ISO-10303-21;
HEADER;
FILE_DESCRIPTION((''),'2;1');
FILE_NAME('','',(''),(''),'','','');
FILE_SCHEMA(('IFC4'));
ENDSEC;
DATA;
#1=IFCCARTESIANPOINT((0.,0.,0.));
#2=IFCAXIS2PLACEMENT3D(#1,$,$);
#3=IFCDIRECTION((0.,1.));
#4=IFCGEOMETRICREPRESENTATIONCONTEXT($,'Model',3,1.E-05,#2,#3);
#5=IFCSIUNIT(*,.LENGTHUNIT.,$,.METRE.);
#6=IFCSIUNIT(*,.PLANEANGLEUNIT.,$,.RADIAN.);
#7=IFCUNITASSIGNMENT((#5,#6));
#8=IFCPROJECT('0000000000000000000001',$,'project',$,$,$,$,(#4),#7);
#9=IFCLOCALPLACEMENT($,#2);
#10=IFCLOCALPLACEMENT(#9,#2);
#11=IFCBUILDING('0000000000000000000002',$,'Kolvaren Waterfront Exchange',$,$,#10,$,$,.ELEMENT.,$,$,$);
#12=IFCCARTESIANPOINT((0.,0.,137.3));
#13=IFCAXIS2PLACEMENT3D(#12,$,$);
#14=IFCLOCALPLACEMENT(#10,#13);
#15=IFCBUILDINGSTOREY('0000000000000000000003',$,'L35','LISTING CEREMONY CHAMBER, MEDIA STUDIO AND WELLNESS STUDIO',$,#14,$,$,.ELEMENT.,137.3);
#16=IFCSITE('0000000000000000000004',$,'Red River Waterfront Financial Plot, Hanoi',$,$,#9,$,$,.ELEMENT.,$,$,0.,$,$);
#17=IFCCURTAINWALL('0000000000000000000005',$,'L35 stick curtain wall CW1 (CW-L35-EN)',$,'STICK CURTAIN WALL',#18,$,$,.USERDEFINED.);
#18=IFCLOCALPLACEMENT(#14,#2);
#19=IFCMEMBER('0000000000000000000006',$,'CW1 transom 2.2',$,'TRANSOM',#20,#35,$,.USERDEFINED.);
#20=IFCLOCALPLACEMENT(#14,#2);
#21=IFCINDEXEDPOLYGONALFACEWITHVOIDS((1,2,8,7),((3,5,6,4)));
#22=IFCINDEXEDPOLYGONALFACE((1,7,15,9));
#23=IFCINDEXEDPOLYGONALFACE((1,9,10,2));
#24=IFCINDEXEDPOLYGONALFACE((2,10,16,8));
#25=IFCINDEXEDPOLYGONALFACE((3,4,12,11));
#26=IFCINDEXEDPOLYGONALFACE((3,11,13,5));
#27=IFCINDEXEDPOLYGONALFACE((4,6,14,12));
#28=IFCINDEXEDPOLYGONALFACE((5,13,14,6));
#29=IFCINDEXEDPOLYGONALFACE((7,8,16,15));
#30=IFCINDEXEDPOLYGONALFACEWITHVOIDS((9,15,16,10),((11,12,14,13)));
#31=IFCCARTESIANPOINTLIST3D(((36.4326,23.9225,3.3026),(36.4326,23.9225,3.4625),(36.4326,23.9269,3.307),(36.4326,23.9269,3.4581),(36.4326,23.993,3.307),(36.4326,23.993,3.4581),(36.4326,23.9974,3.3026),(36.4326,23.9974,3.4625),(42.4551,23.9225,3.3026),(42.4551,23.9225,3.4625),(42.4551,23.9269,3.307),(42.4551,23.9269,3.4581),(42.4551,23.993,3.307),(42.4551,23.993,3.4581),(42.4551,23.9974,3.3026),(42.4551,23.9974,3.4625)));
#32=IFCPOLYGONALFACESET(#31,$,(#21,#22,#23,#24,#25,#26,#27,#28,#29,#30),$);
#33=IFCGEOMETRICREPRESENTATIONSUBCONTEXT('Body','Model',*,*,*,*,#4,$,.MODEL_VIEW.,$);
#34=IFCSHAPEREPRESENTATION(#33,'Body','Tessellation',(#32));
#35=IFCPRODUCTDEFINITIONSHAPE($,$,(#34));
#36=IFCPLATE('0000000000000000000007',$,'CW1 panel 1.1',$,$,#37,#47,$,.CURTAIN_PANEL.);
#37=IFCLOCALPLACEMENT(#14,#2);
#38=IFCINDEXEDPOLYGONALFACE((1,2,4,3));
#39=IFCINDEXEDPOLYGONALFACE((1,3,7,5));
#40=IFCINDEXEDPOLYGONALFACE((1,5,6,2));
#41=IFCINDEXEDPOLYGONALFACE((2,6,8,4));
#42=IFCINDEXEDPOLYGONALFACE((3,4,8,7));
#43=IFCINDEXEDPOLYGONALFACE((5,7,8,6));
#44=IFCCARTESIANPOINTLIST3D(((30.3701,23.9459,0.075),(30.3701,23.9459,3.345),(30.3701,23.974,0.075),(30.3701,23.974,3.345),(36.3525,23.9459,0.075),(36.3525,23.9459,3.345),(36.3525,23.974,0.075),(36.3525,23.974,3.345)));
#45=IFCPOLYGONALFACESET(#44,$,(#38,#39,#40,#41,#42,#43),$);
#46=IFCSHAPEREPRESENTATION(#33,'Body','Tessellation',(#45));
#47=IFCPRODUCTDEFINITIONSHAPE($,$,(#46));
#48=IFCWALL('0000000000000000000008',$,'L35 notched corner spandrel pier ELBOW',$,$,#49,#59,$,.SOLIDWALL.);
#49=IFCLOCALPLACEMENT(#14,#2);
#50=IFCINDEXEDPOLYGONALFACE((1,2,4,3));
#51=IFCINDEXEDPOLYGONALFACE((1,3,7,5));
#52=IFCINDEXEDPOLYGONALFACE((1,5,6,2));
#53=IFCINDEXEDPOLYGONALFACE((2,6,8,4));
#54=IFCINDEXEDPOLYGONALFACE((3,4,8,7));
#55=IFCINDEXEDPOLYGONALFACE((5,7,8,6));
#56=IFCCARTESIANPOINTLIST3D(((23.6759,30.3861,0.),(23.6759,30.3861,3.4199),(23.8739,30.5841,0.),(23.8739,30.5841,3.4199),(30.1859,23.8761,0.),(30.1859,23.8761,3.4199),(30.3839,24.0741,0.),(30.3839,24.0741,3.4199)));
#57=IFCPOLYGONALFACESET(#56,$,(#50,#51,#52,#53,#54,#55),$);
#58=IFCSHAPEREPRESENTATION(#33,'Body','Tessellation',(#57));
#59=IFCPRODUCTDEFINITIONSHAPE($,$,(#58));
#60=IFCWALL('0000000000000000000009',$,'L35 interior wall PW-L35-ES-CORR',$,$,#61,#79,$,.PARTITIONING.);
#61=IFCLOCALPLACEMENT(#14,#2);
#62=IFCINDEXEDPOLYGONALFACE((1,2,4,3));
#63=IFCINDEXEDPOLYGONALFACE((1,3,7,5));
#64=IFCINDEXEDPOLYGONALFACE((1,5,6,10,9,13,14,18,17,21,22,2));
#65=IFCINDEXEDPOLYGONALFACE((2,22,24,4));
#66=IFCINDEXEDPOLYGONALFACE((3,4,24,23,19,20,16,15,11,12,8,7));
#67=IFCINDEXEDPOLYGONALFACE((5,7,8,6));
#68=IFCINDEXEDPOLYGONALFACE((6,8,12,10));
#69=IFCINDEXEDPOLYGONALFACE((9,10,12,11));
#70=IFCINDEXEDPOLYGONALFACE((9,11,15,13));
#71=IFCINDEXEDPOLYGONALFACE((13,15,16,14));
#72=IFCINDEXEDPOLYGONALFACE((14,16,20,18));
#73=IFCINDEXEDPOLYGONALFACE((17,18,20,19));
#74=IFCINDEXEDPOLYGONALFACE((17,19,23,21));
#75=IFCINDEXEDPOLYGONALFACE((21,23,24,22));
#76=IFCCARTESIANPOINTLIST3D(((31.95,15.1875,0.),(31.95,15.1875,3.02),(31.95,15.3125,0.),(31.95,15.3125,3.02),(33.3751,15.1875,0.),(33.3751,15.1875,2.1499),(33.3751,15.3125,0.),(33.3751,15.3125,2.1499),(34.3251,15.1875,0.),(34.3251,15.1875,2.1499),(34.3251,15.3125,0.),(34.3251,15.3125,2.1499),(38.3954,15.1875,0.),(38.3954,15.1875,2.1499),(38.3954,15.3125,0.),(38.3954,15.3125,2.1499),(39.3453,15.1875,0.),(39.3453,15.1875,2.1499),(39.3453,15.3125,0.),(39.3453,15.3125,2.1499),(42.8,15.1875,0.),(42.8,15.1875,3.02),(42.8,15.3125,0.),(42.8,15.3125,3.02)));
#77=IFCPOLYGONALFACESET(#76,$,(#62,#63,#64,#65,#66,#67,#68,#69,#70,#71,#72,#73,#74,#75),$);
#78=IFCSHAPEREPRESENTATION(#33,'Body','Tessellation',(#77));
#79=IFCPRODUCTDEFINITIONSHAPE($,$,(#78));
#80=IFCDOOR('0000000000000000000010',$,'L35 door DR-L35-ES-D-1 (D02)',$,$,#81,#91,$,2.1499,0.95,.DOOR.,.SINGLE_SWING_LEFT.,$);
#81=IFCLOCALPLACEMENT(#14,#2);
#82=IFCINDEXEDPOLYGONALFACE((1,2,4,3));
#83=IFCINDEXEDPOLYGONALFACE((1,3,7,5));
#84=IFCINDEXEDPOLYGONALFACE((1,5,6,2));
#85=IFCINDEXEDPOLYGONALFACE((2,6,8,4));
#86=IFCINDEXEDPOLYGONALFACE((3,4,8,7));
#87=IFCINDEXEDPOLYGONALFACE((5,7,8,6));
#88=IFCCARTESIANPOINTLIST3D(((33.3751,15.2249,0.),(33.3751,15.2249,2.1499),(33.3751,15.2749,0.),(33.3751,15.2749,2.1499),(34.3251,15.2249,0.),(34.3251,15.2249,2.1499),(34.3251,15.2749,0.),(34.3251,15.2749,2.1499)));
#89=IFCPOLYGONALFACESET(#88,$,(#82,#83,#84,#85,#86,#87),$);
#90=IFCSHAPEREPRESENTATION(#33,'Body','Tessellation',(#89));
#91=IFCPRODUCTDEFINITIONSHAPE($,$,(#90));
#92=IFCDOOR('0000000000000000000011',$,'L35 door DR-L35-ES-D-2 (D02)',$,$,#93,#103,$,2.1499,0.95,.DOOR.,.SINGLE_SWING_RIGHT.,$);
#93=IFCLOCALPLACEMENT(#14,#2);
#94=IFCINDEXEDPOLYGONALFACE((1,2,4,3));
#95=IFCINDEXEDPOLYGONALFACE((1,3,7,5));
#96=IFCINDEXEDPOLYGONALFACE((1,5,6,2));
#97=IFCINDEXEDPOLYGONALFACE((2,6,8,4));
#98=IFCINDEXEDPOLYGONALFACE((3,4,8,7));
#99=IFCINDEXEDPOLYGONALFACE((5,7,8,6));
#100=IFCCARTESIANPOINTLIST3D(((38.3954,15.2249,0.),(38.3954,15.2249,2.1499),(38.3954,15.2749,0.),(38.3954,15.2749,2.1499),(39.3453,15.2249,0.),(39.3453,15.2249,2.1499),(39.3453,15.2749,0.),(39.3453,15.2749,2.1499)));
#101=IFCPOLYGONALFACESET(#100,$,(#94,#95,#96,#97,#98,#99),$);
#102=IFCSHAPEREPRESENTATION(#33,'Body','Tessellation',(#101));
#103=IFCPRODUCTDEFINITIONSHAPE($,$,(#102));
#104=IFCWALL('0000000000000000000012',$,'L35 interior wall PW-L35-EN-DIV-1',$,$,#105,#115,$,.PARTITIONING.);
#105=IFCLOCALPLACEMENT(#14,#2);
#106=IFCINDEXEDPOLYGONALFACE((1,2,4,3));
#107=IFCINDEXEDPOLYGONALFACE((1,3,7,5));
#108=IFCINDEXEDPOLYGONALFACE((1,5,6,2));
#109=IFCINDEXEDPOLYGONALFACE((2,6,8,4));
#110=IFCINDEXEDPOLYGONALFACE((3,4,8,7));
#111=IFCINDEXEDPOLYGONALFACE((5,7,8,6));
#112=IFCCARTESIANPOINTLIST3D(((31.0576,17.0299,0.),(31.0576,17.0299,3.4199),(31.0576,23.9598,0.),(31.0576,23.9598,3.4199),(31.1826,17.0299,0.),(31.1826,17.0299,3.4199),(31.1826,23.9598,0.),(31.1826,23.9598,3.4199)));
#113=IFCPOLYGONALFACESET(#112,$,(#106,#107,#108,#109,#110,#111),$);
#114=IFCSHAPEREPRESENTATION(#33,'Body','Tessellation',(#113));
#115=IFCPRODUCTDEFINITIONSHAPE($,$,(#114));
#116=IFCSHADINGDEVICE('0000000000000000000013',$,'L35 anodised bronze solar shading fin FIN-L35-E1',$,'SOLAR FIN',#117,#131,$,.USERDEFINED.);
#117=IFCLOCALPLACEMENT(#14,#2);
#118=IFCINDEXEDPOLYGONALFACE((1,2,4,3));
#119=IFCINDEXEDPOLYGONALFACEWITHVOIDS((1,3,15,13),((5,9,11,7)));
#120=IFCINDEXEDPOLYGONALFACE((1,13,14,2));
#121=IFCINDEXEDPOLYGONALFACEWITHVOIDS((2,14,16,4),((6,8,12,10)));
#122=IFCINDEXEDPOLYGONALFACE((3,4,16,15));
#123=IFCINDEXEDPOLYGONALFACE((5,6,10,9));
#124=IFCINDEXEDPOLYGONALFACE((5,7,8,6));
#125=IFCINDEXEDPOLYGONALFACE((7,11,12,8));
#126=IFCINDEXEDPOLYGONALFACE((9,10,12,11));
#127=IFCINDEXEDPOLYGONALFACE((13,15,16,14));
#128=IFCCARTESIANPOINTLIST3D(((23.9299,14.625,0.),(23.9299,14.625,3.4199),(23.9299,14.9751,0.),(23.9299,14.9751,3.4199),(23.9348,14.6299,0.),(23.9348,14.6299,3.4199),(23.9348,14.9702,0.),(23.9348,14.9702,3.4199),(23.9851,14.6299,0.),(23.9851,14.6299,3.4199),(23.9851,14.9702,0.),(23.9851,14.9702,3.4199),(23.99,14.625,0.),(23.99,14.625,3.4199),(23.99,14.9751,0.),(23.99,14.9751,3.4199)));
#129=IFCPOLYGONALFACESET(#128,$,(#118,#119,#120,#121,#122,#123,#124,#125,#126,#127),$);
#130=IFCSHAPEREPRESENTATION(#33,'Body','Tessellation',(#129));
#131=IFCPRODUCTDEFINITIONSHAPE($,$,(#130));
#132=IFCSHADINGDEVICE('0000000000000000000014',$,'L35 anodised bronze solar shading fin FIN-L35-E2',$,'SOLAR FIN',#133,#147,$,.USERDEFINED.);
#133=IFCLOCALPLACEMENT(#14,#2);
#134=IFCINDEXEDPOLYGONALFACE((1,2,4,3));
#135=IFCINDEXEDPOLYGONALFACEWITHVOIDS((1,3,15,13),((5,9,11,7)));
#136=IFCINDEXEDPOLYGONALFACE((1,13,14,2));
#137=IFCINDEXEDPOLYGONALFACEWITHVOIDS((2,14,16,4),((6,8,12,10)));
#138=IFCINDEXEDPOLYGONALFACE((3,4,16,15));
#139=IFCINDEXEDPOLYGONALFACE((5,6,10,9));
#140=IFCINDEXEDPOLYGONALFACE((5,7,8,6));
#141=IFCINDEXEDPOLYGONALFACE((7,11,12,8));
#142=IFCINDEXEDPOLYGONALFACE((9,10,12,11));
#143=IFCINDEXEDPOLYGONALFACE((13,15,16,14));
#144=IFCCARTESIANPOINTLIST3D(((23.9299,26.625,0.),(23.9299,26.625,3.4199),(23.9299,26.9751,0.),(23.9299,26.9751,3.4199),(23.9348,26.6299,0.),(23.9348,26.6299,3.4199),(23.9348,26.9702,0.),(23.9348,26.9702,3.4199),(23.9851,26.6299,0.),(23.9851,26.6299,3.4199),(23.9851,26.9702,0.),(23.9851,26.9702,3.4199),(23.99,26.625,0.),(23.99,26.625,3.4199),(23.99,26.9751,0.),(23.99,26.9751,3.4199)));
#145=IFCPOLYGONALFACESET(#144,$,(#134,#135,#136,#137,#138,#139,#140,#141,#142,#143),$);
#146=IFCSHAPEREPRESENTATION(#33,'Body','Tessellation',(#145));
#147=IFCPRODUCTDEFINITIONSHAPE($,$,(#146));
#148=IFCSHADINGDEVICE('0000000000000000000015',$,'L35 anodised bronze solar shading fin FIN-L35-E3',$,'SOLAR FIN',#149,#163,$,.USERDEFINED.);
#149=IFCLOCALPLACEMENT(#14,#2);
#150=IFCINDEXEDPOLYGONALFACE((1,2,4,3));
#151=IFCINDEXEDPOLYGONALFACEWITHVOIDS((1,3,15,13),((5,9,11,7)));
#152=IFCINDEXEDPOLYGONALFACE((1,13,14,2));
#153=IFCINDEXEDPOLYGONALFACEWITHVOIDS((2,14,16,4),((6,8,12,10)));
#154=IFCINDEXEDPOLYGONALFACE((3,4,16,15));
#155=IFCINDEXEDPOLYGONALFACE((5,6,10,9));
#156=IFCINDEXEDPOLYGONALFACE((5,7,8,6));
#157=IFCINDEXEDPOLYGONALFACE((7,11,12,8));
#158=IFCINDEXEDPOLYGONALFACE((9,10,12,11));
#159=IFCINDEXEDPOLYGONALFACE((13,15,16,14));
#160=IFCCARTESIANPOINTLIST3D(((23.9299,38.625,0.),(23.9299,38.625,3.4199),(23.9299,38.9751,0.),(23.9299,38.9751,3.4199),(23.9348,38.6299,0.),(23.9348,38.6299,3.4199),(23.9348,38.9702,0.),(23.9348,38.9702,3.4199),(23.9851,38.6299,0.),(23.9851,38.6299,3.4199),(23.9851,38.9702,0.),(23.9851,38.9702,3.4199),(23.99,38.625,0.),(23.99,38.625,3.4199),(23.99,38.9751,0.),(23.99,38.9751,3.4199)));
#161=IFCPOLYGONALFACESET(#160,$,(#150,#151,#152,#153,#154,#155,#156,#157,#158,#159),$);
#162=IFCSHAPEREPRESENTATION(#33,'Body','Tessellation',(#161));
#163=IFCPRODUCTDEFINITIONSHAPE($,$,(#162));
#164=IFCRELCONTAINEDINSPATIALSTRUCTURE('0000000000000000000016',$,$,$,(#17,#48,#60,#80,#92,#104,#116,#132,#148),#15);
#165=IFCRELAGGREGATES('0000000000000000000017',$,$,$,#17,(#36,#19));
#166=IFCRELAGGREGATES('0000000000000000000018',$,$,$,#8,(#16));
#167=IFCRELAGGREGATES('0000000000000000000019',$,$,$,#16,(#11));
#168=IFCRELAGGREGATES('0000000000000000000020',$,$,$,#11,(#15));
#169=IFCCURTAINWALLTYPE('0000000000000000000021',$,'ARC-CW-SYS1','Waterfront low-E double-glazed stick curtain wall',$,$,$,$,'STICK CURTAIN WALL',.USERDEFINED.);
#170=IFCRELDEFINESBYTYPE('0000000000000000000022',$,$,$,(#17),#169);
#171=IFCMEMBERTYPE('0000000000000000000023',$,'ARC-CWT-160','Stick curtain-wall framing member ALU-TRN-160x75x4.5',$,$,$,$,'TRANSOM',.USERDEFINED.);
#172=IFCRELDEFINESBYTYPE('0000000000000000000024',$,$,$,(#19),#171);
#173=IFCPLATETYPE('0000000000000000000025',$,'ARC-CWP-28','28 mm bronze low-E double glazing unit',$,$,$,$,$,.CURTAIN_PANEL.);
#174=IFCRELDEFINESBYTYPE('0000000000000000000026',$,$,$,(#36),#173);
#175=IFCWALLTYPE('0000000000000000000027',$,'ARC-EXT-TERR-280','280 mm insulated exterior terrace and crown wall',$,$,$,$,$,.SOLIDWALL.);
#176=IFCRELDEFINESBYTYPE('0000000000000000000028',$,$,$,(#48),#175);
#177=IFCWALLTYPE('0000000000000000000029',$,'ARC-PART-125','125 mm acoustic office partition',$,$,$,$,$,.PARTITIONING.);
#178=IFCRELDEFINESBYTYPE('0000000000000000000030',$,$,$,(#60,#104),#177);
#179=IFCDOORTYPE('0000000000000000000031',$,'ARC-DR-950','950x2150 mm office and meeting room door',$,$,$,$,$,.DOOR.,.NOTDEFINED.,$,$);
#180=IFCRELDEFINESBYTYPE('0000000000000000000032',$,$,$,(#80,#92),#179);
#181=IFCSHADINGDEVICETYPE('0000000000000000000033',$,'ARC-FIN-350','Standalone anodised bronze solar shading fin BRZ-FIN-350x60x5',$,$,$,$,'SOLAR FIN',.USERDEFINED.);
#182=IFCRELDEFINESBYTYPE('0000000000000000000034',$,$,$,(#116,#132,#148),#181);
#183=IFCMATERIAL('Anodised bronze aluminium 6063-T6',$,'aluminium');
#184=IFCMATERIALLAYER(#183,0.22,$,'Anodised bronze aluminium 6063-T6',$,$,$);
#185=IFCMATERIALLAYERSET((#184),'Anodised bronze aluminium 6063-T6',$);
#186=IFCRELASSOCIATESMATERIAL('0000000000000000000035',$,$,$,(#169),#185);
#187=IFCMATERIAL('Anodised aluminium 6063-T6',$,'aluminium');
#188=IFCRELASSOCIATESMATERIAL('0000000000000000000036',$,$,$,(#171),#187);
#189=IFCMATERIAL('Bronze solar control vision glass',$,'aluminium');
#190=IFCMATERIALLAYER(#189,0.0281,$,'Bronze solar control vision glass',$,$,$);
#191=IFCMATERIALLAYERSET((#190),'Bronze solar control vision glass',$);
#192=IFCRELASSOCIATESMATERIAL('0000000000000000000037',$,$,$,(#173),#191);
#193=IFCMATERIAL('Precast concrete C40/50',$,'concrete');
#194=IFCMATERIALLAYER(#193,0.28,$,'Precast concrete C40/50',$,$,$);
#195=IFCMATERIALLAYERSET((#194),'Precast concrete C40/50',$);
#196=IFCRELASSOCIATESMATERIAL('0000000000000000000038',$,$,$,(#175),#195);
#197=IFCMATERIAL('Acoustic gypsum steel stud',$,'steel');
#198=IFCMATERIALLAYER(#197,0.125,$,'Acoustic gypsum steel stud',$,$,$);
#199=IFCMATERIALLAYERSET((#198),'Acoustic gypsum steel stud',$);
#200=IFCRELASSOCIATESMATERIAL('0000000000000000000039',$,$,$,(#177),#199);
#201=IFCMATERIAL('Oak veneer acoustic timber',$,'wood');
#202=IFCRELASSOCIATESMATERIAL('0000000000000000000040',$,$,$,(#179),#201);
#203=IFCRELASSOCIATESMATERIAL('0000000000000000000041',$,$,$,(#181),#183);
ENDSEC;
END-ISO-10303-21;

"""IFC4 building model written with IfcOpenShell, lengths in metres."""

from ifc_helpers import new_model, si_unit, direction, frame, frame_2d, origin, origin_with_axes, origin_2d, place, context, subcontext, project, spatial, rectangle, hollow_rectangle, extrude, source, transform, mapped, material, layer, layer_set, material_profile, profile_set, type_object, element, fill, aggregate, save


model = new_model("IFC4")

# Units and contexts
model_context = context("Model", 3, precision=1e-05, world=origin(), true_north=direction((0.0, 1.0)))
body_context = subcontext(model_context, "Body", "Model", "MODEL_VIEW")
ifc_project = project(units=[si_unit("LENGTHUNIT", "METRE"), si_unit("PLANEANGLEUNIT", "RADIAN")], contexts=[model_context])

# Site, building, storey
site_placement = place(None, origin())
site = spatial("IfcSite", under=ifc_project, at=site_placement, Name="Red River Waterfront Financial Plot, Hanoi", CompositionType="ELEMENT", RefElevation=0.0)
building_placement = place(site_placement, origin())
building = spatial("IfcBuilding", under=site, at=building_placement, Name="Kolvaren Waterfront Exchange", CompositionType="ELEMENT")
storey_placement = place(building_placement, frame((0.0, 0.0, 137.3)))
storey = spatial("IfcBuildingStorey", under=building, at=storey_placement, Name="L35", Description="LISTING CEREMONY CHAMBER, MEDIA STUDIO AND WELLNESS STUDIO", CompositionType="ELEMENT", Elevation=137.3)

# Curtain wall, member, plate
ifc_material_1 = material(Name="Anodised bronze aluminium 6063-T6", Category="aluminium")
ifc_layer_1 = layer(ifc_material_1, 0.22, Name="Anodised bronze aluminium 6063-T6")
ifc_layer_set_1 = layer_set([ifc_layer_1], Name="Anodised bronze aluminium 6063-T6")
curtain_wall_type = type_object("IfcCurtainWallType", Name="ARC-CW-SYS1", Description="Waterfront low-E double-glazed stick curtain wall", ElementType="STICK CURTAIN WALL", PredefinedType="USERDEFINED", material=ifc_layer_set_1)
curtain_wall_placement = place(storey_placement, origin())
curtain_wall = element("IfcCurtainWall", 1, at=curtain_wall_placement, inside=storey, type_object=curtain_wall_type, Name="L35 stick curtain wall CW1 (CW-L35-EN)", ObjectType="STICK CURTAIN WALL", PredefinedType="USERDEFINED")
ifc_material_2 = material(Name="Anodised aluminium 6063-T6", Category="aluminium")
ifc_material_profile_1 = material_profile(ifc_material_2, hollow_rectangle(XDim=0.075, YDim=0.1599, WallThickness=0.0044, at=origin_2d()), Name="ALU-TRN-160x75x4.5")
ifc_profile_set_1 = profile_set([ifc_material_profile_1], Name="Anodised aluminium 6063-T6")
member_type_1 = type_object("IfcMemberType", Name="ARC-CWT-160", Description="Stick curtain-wall framing member ALU-TRN-160x75x4.5", ElementType="TRANSOM", PredefinedType="USERDEFINED", material=ifc_profile_set_1)
shared_shape_1 = source(origin_with_axes(), body_context, "Body", "SweptSolid", [
    extrude(hollow_rectangle(XDim=0.075, YDim=0.1599, WallThickness=0.0044, at=origin_2d()), origin(), (0.0, 0.0, 1.0), 6.0225),
])
member_1_placement = place(storey_placement, frame((36.4326, 23.96, 3.3826), z_axis=(1.0, 0.0, 0.0), x_axis=(0.0, 1.0, 0.0)))
member_1 = element("IfcMember", 2, at=member_1_placement, type_object=member_type_1, Name="CW1 transom 2.2", ObjectType="TRANSOM", PredefinedType="USERDEFINED", context=body_context, shape_type="MappedRepresentation", body=[
    mapped(shared_shape_1, transform((0.0, 0.0, 0.0), x_axis=(1.0, 0.0, 0.0), y_axis=(0.0, 1.0, 0.0), z_axis=(0.0, 0.0, 1.0), scale=1.0)),
])
ifc_material_3 = material(Name="Bronze solar control vision glass", Category="aluminium")
ifc_layer_2 = layer(ifc_material_3, 0.0281, Name="Bronze solar control vision glass")
ifc_layer_set_2 = layer_set([ifc_layer_2], Name="Bronze solar control vision glass")
plate_type = type_object("IfcPlateType", Name="ARC-CWP-28", Description="28 mm bronze low-E double glazing unit", PredefinedType="CURTAIN_PANEL", material=ifc_layer_set_2)
shared_shape_2 = source(origin_with_axes(), body_context, "Body", "SweptSolid", [
    extrude(rectangle(XDim=5.9824, YDim=0.0281, at=origin_2d()), origin(), (0.0, 0.0, 1.0), 3.27),
])
plate_placement = place(storey_placement, frame((33.3613, 23.96, 0.075), z_axis=(0.0, 0.0, 1.0), x_axis=(1.0, 0.0, 0.0)))
plate = element("IfcPlate", 3, at=plate_placement, type_object=plate_type, Name="CW1 panel 1.1", PredefinedType="CURTAIN_PANEL", context=body_context, shape_type="MappedRepresentation", body=[
    mapped(shared_shape_2, transform((0.0, 0.0, 0.0), x_axis=(1.0, 0.0, 0.0), y_axis=(0.0, 1.0, 0.0), z_axis=(0.0, 0.0, 1.0), scale=1.0)),
])
aggregate(curtain_wall, [plate, member_1])

# Wall
ifc_material_4 = material(Name="Precast concrete C40/50", Category="concrete")
ifc_layer_3 = layer(ifc_material_4, 0.28, Name="Precast concrete C40/50")
ifc_layer_set_3 = layer_set([ifc_layer_3], Name="Precast concrete C40/50")
wall_type_1 = type_object("IfcWallType", Name="ARC-EXT-TERR-280", Description="280 mm insulated exterior terrace and crown wall", PredefinedType="SOLIDWALL", material=ifc_layer_set_3)
wall_1_placement = place(storey_placement, frame((30.2849, 23.9751, 0.0), z_axis=(0.0, 0.0, 1.0), x_axis=(-0.707107, 0.707107, 0.0)))
element("IfcWall", 4, at=wall_1_placement, inside=storey, type_object=wall_type_1, Name="L35 notched corner spandrel pier ELBOW", PredefinedType="SOLIDWALL", context=body_context, shape_type="SweptSolid", body=[
    extrude(rectangle(XDim=9.2065, YDim=0.28, at=frame_2d((4.6033, 0.0))), origin(), (0.0, 0.0, 1.0), 3.4199),
])

# Wall, openings, doors
ifc_material_5 = material(Name="Acoustic gypsum steel stud", Category="steel")
ifc_layer_4 = layer(ifc_material_5, 0.125, Name="Acoustic gypsum steel stud")
ifc_layer_set_4 = layer_set([ifc_layer_4], Name="Acoustic gypsum steel stud")
wall_type_2 = type_object("IfcWallType", Name="ARC-PART-125", Description="125 mm acoustic office partition", PredefinedType="PARTITIONING", material=ifc_layer_set_4)
wall_2_placement = place(storey_placement, frame((31.95, 15.25, 0.0), z_axis=(0.0, 0.0, 1.0), x_axis=(1.0, 0.0, 0.0)))
wall_2 = element("IfcWall", 5, at=wall_2_placement, inside=storey, type_object=wall_type_2, Name="L35 interior wall PW-L35-ES-CORR", PredefinedType="PARTITIONING", context=body_context, shape_type="SweptSolid", body=[
    extrude(rectangle(XDim=10.8501, YDim=0.125, at=frame_2d((5.425, 0.0))), origin(), (0.0, 0.0, 1.0), 3.02),
])
opening_1_placement = place(wall_2_placement, frame((1.425, 0.0, 0.0)))
opening_1 = element("IfcOpeningElement", 6, at=opening_1_placement, cuts=wall_2, PredefinedType="OPENING", context=body_context, shape_type="SweptSolid", body=[
    extrude(rectangle(XDim=0.95, YDim=2.1499, at=frame_2d((0.4751, 1.075))), frame((0.0, 0.0725, 0.0), z_axis=(0.0, -1.0, 0.0), x_axis=(1.0, 0.0, 0.0)), (0.0, 0.0, 1.0), 0.145),
])
opening_2_placement = place(wall_2_placement, frame((6.4453, 0.0, 0.0)))
opening_2 = element("IfcOpeningElement", 7, at=opening_2_placement, cuts=wall_2, PredefinedType="OPENING", context=body_context, shape_type="SweptSolid", body=[
    extrude(rectangle(XDim=0.95, YDim=2.1499, at=frame_2d((0.4751, 1.075))), frame((0.0, 0.0725, 0.0), z_axis=(0.0, -1.0, 0.0), x_axis=(1.0, 0.0, 0.0)), (0.0, 0.0, 1.0), 0.145),
])
ifc_material_6 = material(Name="Oak veneer acoustic timber", Category="wood")
door_type = type_object("IfcDoorType", Name="ARC-DR-950", Description="950x2150 mm office and meeting room door", OperationType="NOTDEFINED", PredefinedType="DOOR", material=ifc_material_6)
door_1_placement = place(opening_1_placement, origin())
door_1 = element("IfcDoor", 8, at=door_1_placement, inside=storey, type_object=door_type, Name="L35 door DR-L35-ES-D-1 (D02)", OperationType="SINGLE_SWING_LEFT", OverallHeight=2.1499, OverallWidth=0.95, PredefinedType="DOOR", context=body_context, shape_type="SweptSolid", body=[
    extrude(rectangle(XDim=0.95, YDim=2.1499, at=frame_2d((0.4751, 1.075))), frame((0.0, 0.0249, 0.0), z_axis=(0.0, -1.0, 0.0), x_axis=(1.0, 0.0, 0.0)), (0.0, 0.0, 1.0), 0.05),
])
fill(opening_1, door_1)
door_2_placement = place(opening_2_placement, origin())
door_2 = element("IfcDoor", 9, at=door_2_placement, inside=storey, type_object=door_type, Name="L35 door DR-L35-ES-D-2 (D02)", OperationType="SINGLE_SWING_RIGHT", OverallHeight=2.1499, OverallWidth=0.95, PredefinedType="DOOR", context=body_context, shape_type="SweptSolid", body=[
    extrude(rectangle(XDim=0.95, YDim=2.1499, at=frame_2d((0.4751, 1.075))), frame((0.0, 0.0249, 0.0), z_axis=(0.0, -1.0, 0.0), x_axis=(1.0, 0.0, 0.0)), (0.0, 0.0, 1.0), 0.05),
])
fill(opening_2, door_2)

# Wall
wall_3_placement = place(storey_placement, frame((31.1201, 17.03, 0.0), z_axis=(0.0, 0.0, 1.0), x_axis=(0.0, 1.0, 0.0)))
element("IfcWall", 10, at=wall_3_placement, inside=storey, type_object=wall_type_2, Name="L35 interior wall PW-L35-EN-DIV-1", PredefinedType="PARTITIONING", context=body_context, shape_type="SweptSolid", body=[
    extrude(rectangle(XDim=6.9299, YDim=0.125, at=frame_2d((3.4648, 0.0))), origin(), (0.0, 0.0, 1.0), 3.4199),
])

# Shading devices
ifc_material_profile_2 = material_profile(ifc_material_1, hollow_rectangle(XDim=0.0601, YDim=0.3501, WallThickness=0.0049, at=origin_2d()), Name="BRZ-FIN-350x60x5")
ifc_profile_set_2 = profile_set([ifc_material_profile_2], Name="Anodised bronze aluminium 6063-T6")
shading_device_type = type_object("IfcShadingDeviceType", Name="ARC-FIN-350", Description="Standalone anodised bronze solar shading fin BRZ-FIN-350x60x5", ElementType="SOLAR FIN", PredefinedType="USERDEFINED", material=ifc_profile_set_2)
for number, where, z_axis, x_axis, name in (
    (11, (23.96, 14.8, 0.0), (0.0, 0.0, 1.0), (1.0, 0.0, 0.0), "L35 anodised bronze solar shading fin FIN-L35-E1"),
    (12, (23.96, 26.8, 0.0), (0.0, 0.0, 1.0), (1.0, 0.0, 0.0), "L35 anodised bronze solar shading fin FIN-L35-E2"),
    (13, (23.96, 38.8, 0.0), (0.0, 0.0, 1.0), (1.0, 0.0, 0.0), "L35 anodised bronze solar shading fin FIN-L35-E3"),
):
    element("IfcShadingDevice", number, at=place(storey_placement, frame(where, z_axis=z_axis, x_axis=x_axis)), inside=storey, type_object=shading_device_type, Name=name, ObjectType="SOLAR FIN", PredefinedType="USERDEFINED", context=body_context, shape_type="SweptSolid", body=[
        extrude(hollow_rectangle(XDim=0.0601, YDim=0.3501, WallThickness=0.0049, at=origin_2d()), origin(), (0.0, 0.0, 1.0), 3.4199),
    ])

save(model, "model.ifc")
